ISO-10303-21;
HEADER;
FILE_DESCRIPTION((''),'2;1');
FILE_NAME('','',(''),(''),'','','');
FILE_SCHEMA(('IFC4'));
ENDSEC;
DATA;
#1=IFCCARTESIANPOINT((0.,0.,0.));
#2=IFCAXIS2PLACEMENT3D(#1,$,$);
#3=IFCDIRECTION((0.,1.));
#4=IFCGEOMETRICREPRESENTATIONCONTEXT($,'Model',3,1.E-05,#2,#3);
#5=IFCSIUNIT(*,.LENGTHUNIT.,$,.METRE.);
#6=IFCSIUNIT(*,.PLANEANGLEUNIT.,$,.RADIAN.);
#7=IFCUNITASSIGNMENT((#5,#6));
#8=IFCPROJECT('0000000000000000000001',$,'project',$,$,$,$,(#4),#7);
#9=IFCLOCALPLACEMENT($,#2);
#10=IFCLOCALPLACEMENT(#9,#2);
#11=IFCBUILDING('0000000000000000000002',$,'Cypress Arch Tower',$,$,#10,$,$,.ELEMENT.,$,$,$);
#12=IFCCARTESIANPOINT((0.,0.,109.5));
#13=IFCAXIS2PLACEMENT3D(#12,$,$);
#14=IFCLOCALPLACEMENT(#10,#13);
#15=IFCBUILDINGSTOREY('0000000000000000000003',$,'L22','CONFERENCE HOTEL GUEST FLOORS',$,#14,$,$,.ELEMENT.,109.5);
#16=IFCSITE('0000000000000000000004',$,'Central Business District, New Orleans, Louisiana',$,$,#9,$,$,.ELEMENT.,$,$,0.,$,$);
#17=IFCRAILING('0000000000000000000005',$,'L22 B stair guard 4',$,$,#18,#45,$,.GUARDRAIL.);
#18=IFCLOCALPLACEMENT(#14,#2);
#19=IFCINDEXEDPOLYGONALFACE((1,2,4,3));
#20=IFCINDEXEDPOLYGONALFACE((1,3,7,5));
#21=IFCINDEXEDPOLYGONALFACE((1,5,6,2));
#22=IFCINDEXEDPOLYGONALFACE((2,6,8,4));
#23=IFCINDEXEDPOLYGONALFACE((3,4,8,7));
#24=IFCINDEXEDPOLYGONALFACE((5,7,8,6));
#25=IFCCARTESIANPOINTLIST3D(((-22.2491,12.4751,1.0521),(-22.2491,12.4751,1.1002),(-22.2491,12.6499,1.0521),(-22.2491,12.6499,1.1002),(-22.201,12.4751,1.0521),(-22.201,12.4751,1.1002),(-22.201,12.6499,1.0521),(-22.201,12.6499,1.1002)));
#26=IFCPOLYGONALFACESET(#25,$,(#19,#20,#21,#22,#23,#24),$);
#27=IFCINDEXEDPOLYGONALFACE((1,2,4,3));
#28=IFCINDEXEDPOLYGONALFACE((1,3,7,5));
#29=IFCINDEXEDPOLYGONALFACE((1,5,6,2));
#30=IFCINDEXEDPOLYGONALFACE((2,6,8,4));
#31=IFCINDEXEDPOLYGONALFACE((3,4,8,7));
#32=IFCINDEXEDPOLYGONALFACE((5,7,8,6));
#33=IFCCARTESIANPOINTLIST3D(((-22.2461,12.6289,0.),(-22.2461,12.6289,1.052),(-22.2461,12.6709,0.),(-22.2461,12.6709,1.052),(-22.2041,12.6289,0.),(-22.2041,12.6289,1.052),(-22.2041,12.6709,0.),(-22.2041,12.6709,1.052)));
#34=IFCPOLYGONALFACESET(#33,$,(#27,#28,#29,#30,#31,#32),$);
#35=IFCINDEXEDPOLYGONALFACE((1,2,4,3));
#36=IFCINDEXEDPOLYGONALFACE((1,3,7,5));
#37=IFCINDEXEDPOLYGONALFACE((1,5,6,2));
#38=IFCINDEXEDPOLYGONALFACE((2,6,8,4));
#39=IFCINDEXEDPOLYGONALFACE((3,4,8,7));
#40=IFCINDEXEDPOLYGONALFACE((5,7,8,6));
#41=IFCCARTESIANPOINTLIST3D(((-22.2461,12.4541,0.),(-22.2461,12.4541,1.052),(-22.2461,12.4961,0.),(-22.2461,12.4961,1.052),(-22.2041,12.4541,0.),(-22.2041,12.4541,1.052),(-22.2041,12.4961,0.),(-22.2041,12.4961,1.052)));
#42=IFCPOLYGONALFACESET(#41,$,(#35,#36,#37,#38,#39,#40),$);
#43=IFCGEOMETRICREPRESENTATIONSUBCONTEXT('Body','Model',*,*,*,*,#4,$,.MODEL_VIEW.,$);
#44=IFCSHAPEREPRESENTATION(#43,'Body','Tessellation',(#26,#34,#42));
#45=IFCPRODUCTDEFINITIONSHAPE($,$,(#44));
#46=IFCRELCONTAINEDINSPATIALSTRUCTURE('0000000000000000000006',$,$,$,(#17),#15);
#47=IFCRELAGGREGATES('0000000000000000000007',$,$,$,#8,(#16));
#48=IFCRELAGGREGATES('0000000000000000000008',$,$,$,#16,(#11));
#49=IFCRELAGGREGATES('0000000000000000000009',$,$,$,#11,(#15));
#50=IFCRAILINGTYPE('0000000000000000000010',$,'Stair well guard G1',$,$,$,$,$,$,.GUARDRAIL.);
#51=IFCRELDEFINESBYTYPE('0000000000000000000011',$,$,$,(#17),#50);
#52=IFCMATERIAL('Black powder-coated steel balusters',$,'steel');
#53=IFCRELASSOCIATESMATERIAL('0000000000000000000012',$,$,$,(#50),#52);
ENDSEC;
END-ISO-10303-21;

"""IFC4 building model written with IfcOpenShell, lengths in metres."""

from ifc_helpers import new_model, si_unit, direction, frame, origin, origin_2d, place, context, subcontext, project, spatial, rectangle, extrude, material, type_object, element, save


model = new_model("IFC4")

# Units and contexts
model_context = context("Model", 3, precision=1e-05, world=origin(), true_north=direction((0.0, 1.0)))
body_context = subcontext(model_context, "Body", "Model", "MODEL_VIEW")
ifc_project = project(units=[si_unit("LENGTHUNIT", "METRE"), si_unit("PLANEANGLEUNIT", "RADIAN")], contexts=[model_context])

# Site, building, storey
site_placement = place(None, origin())
site = spatial("IfcSite", under=ifc_project, at=site_placement, Name="Central Business District, New Orleans, Louisiana", CompositionType="ELEMENT", RefElevation=0.0)
building_placement = place(site_placement, origin())
building = spatial("IfcBuilding", under=site, at=building_placement, Name="Cypress Arch Tower", CompositionType="ELEMENT")
storey_placement = place(building_placement, frame((0.0, 0.0, 109.5)))
storey = spatial("IfcBuildingStorey", under=building, at=storey_placement, Name="L22", Description="CONFERENCE HOTEL GUEST FLOORS", CompositionType="ELEMENT", Elevation=109.5)

# Railing
ifc_material_1 = material(Name="Black powder-coated steel balusters", Category="steel")
railing_type_1 = type_object("IfcRailingType", Name="Stair well guard G1", PredefinedType="GUARDRAIL", material=ifc_material_1)
railing_1_placement = place(storey_placement, frame((-22.2251, 12.6499, 0.0)))
element("IfcRailing", 1, at=railing_1_placement, inside=storey, type_object=railing_type_1, Name="L22 B stair guard 4", PredefinedType="GUARDRAIL", context=body_context, shape_type="SweptSolid", body=[
    extrude(rectangle(XDim=0.0481, YDim=0.0481, at=origin_2d()), frame((0.0, 0.0, 1.0762), z_axis=(0.0, -1.0, 0.0), x_axis=(1.0, 0.0, 0.0)), (0.0, 0.0, 1.0), 0.1748),
    extrude(rectangle(XDim=0.042, YDim=0.042, at=origin_2d()), origin(), (0.0, 0.0, 1.0), 1.052),
    extrude(rectangle(XDim=0.042, YDim=0.042, at=origin_2d()), frame((0.0, -0.1748, 0.0)), (0.0, 0.0, 1.0), 1.052),
])

save(model, "model.ifc")
